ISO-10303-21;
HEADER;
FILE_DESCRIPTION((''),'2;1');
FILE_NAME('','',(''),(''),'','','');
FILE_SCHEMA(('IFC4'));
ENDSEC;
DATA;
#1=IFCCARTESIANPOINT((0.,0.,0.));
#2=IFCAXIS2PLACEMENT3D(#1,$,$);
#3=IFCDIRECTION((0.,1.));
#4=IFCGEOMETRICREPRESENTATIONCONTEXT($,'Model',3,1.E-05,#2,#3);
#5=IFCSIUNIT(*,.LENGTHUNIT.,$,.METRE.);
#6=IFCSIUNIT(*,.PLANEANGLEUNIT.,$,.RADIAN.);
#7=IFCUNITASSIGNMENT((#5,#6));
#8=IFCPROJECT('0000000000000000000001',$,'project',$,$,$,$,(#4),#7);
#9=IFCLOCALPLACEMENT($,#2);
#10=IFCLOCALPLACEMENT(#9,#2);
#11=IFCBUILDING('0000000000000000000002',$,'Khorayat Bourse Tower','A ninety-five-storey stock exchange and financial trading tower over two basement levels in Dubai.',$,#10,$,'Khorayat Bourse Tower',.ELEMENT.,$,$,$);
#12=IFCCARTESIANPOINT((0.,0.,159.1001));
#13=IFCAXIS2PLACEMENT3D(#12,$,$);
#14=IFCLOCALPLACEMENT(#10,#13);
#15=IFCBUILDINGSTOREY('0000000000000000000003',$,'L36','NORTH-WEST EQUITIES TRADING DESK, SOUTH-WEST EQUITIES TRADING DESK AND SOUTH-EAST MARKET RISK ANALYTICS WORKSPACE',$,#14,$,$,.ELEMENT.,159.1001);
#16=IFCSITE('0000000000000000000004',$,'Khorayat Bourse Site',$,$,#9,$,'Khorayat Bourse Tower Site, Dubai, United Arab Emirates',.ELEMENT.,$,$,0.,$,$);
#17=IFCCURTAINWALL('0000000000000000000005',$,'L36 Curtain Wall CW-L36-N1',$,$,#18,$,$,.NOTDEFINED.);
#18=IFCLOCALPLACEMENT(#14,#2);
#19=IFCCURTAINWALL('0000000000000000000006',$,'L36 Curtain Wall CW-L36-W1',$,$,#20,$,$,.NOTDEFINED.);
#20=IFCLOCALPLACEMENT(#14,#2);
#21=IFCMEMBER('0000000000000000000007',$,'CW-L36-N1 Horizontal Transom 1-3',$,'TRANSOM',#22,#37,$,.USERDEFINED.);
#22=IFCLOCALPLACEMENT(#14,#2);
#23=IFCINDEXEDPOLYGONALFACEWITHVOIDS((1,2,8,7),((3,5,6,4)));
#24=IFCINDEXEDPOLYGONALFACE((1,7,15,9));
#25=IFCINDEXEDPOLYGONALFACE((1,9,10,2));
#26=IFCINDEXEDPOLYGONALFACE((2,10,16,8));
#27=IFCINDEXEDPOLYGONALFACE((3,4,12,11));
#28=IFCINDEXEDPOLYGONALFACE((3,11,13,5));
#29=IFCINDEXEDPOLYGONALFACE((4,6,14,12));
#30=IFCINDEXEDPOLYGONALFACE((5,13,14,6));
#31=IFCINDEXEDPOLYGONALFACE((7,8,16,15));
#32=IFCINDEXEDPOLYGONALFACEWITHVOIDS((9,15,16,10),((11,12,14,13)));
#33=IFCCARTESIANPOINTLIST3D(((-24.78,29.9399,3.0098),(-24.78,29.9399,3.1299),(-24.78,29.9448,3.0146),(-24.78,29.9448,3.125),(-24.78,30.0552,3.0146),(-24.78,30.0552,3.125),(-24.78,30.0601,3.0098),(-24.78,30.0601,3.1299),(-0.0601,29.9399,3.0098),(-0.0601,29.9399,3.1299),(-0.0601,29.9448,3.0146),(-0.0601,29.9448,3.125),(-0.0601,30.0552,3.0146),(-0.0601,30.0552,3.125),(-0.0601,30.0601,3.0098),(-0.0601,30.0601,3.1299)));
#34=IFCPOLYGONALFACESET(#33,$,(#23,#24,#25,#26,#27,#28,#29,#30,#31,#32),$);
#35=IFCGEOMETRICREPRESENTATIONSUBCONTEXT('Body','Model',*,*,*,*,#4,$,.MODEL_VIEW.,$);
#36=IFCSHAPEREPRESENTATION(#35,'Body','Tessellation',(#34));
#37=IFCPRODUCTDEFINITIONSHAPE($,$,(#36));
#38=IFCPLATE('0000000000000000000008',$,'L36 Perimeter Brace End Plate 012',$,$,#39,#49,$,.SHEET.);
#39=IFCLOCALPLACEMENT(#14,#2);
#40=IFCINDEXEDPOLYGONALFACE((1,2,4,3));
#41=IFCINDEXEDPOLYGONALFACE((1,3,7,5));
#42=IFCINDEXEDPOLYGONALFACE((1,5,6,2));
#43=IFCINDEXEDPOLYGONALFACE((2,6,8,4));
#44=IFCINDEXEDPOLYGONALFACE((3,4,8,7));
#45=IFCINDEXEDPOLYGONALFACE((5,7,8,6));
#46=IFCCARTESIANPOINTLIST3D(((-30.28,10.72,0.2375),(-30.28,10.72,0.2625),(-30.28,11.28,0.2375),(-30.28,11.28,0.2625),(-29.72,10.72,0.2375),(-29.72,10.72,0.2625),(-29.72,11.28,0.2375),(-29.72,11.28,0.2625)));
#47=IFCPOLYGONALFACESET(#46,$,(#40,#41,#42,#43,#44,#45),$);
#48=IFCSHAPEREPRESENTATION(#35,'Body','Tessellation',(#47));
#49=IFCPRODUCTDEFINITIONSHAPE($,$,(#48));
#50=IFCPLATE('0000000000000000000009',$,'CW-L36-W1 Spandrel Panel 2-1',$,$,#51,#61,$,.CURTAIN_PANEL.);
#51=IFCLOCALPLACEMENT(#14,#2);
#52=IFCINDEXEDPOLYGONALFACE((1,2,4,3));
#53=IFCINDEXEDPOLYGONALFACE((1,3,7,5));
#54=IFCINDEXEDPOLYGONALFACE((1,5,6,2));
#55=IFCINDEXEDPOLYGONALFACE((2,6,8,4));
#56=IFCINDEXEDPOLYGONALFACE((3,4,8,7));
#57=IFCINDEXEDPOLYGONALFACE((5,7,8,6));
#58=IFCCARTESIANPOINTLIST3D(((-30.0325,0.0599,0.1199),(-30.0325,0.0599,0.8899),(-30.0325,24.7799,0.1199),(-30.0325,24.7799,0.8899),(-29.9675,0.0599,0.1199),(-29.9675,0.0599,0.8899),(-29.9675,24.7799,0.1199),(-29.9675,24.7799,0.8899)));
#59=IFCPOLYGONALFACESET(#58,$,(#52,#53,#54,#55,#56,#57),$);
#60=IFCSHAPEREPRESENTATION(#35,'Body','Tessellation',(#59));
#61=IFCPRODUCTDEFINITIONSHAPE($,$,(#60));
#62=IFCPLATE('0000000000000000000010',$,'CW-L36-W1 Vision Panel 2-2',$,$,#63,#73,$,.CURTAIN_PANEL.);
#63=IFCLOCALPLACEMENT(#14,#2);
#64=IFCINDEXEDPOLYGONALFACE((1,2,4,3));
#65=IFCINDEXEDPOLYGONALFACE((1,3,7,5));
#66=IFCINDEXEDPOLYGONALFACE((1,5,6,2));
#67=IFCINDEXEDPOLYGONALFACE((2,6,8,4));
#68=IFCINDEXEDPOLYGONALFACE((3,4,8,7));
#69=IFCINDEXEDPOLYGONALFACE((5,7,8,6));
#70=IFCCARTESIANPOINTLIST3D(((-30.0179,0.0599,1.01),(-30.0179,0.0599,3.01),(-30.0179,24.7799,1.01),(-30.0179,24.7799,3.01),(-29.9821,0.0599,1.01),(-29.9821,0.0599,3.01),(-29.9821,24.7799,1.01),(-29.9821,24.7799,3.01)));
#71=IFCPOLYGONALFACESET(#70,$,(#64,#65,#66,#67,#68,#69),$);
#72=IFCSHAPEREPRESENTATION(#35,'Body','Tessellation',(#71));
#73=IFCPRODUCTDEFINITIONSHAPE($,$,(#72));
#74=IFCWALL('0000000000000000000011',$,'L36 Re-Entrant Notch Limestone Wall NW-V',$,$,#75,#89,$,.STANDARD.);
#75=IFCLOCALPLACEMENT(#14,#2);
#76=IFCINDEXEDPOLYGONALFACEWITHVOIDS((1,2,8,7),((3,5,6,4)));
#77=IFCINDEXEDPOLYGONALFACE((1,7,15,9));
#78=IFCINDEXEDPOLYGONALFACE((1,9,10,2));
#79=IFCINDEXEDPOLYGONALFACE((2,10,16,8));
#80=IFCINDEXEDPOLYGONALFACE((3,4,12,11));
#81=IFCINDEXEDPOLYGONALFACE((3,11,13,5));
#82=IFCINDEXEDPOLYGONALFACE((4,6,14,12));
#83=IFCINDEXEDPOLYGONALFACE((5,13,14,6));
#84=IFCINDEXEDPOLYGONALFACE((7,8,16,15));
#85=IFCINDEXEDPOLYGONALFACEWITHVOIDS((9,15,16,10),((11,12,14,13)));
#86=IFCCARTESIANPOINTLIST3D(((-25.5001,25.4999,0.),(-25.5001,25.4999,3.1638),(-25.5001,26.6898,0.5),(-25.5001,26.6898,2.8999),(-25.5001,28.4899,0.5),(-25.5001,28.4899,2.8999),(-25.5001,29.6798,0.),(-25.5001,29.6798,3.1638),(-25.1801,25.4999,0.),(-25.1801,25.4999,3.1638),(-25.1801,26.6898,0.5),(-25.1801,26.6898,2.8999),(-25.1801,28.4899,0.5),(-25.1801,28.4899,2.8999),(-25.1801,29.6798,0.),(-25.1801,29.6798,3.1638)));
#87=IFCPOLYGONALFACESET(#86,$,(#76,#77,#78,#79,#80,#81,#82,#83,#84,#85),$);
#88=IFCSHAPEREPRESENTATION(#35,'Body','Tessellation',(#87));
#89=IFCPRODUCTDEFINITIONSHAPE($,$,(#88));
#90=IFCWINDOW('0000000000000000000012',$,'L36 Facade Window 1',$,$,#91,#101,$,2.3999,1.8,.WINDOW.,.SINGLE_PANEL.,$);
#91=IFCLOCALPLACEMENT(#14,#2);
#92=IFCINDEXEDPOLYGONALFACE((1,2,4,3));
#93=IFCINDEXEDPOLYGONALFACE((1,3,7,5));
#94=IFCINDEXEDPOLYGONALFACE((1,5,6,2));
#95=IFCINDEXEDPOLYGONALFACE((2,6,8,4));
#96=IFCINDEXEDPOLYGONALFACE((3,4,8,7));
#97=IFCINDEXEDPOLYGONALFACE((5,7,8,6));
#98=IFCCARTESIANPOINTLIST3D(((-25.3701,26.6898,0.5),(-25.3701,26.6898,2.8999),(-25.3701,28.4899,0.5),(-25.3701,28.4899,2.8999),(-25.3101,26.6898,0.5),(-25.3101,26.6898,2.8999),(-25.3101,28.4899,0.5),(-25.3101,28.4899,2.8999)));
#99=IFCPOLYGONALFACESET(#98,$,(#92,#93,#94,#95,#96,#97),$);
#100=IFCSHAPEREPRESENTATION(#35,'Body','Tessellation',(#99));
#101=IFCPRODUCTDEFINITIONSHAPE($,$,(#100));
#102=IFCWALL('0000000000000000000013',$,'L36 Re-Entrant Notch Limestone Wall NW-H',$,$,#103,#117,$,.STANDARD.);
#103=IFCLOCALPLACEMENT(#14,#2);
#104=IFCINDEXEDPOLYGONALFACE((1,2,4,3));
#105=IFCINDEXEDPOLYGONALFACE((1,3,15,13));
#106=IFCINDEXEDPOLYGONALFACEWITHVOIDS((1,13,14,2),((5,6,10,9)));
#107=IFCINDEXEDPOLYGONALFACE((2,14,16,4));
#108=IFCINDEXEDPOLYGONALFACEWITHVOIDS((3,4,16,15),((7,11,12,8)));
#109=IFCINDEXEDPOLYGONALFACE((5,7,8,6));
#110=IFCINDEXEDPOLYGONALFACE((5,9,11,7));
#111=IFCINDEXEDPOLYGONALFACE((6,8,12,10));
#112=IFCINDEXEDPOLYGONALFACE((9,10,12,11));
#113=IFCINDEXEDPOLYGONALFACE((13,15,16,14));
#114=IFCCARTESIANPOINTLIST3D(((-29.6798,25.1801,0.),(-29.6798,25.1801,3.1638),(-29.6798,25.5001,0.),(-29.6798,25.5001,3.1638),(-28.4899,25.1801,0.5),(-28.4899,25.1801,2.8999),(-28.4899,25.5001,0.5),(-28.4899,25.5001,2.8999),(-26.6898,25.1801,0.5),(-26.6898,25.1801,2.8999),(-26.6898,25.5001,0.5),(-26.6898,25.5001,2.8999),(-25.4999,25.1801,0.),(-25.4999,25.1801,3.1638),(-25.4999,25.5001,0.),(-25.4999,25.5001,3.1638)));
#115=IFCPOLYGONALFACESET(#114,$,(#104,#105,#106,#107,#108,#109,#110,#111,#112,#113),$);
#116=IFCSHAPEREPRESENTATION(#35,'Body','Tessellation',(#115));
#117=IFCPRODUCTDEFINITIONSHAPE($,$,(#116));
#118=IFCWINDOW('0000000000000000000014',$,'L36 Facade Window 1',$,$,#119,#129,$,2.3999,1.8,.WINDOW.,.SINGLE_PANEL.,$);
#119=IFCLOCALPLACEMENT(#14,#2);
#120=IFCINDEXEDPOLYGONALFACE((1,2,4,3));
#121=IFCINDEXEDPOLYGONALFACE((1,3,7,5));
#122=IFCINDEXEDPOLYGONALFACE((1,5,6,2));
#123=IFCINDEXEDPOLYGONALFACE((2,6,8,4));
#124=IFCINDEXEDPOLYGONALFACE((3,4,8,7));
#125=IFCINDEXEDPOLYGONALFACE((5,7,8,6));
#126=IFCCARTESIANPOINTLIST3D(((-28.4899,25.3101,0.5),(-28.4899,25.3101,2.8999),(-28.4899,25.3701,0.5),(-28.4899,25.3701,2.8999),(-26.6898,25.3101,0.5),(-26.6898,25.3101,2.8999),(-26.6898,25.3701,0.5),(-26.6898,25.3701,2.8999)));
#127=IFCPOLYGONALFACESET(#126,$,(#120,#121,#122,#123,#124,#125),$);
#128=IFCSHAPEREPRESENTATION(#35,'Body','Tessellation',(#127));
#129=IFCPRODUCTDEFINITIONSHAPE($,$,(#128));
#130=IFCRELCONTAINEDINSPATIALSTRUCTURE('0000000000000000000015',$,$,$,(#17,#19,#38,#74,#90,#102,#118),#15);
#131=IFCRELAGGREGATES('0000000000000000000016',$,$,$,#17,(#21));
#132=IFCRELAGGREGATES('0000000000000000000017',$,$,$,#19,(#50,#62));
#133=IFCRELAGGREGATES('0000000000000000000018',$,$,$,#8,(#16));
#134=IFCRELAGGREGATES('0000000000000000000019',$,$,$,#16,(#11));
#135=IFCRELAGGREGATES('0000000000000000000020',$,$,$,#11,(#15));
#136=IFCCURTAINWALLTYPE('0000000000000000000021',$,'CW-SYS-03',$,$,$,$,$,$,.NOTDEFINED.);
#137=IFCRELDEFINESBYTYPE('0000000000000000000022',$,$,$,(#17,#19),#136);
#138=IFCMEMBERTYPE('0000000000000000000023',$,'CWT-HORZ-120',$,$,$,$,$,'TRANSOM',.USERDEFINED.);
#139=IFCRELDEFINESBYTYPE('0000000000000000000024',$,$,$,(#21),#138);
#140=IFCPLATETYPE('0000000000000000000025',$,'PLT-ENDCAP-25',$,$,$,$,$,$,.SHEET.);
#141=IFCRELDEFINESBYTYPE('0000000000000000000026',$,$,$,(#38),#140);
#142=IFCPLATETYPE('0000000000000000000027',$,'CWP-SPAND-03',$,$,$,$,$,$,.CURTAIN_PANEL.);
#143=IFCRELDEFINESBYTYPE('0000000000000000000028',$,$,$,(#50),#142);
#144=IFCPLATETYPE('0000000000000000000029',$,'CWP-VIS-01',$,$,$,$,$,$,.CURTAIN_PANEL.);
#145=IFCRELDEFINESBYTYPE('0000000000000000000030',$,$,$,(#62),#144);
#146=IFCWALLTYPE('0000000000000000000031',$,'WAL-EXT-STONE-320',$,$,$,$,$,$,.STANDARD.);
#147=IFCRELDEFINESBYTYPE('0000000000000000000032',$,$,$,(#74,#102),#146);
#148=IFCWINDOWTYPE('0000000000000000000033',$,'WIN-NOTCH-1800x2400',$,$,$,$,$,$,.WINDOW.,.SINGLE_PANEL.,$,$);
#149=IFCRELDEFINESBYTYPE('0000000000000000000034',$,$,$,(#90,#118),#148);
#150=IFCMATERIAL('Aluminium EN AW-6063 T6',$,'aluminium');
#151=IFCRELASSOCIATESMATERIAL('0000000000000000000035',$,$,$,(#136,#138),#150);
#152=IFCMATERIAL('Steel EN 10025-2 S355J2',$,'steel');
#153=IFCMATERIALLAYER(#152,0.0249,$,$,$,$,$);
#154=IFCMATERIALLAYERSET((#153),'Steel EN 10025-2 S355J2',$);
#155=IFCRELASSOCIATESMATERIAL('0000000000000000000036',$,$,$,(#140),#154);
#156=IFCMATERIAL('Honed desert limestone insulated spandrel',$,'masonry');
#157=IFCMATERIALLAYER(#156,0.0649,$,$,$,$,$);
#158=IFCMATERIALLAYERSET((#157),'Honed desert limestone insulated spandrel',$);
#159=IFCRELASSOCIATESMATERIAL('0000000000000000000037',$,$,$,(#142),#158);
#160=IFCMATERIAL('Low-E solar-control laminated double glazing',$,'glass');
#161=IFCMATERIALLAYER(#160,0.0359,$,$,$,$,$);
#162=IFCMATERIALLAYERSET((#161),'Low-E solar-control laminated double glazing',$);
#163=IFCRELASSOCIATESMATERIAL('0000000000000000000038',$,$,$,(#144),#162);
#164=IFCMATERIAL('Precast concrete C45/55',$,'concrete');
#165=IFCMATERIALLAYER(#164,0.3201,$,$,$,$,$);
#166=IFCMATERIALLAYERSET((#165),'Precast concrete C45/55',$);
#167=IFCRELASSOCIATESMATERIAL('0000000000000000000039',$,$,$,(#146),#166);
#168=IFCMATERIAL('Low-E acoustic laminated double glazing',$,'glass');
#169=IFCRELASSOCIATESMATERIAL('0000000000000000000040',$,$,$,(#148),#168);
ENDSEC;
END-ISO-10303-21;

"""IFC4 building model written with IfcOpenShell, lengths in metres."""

from ifc_helpers import new_model, si_unit, direction, frame, frame_2d, origin, origin_2d, place, context, subcontext, project, spatial, rectangle, hollow_rectangle, extrude, source, transform, mapped, material, layer, layer_set, material_profile, profile_set, type_object, element, fill, aggregate, save


model = new_model("IFC4")

# Units and contexts
model_context = context("Model", 3, precision=1e-05, world=origin(), true_north=direction((0.0, 1.0)))
body_context = subcontext(model_context, "Body", "Model", "MODEL_VIEW")
ifc_project = project(units=[si_unit("LENGTHUNIT", "METRE"), si_unit("PLANEANGLEUNIT", "RADIAN")], contexts=[model_context])

# Site, building, storey
site_placement = place(None, origin())
site = spatial("IfcSite", under=ifc_project, at=site_placement, Name="Khorayat Bourse Site", LongName="Khorayat Bourse Tower Site, Dubai, United Arab Emirates", CompositionType="ELEMENT", RefElevation=0.0)
building_placement = place(site_placement, origin())
building = spatial("IfcBuilding", under=site, at=building_placement, Name="Khorayat Bourse Tower", Description="A ninety-five-storey stock exchange and financial trading tower over two basement levels in Dubai.", LongName="Khorayat Bourse Tower", CompositionType="ELEMENT")
storey_placement = place(building_placement, frame((0.0, 0.0, 159.1001)))
storey = spatial("IfcBuildingStorey", under=building, at=storey_placement, Name="L36", Description="NORTH-WEST EQUITIES TRADING DESK, SOUTH-WEST EQUITIES TRADING DESK AND SOUTH-EAST MARKET RISK ANALYTICS WORKSPACE", CompositionType="ELEMENT", Elevation=159.1001)

# Curtain wall
ifc_material_1 = material(Name="Aluminium EN AW-6063 T6", Category="aluminium")
curtain_wall_type = type_object("IfcCurtainWallType", Name="CW-SYS-03", PredefinedType="NOTDEFINED", material=ifc_material_1)
curtain_wall_1_placement = place(storey_placement, origin())
curtain_wall_1 = element("IfcCurtainWall", 1, at=curtain_wall_1_placement, inside=storey, type_object=curtain_wall_type, Name="L36 Curtain Wall CW-L36-N1", PredefinedType="NOTDEFINED")

# Curtain wall
curtain_wall_2_placement = place(storey_placement, origin())
curtain_wall_2 = element("IfcCurtainWall", 2, at=curtain_wall_2_placement, inside=storey, type_object=curtain_wall_type, Name="L36 Curtain Wall CW-L36-W1", PredefinedType="NOTDEFINED")

# Member
ifc_material_profile_1 = material_profile(ifc_material_1, hollow_rectangle(XDim=0.1201, YDim=0.1201, WallThickness=0.0049, at=origin_2d()), Name="ALU 120x120x5")
ifc_profile_set_1 = profile_set([ifc_material_profile_1], Name="Aluminium EN AW-6063 T6")
member_type_1 = type_object("IfcMemberType", Name="CWT-HORZ-120", ElementType="TRANSOM", PredefinedType="USERDEFINED", material=ifc_profile_set_1)
shared_shape_1 = source(origin(), body_context, "Body", "SweptSolid", [
    extrude(hollow_rectangle(XDim=0.1201, YDim=0.1201, WallThickness=0.0049, at=origin_2d()), origin(), (0.0, 0.0, 1.0), 24.72),
])
member_1_placement = place(storey_placement, frame((-24.78, 30.0, 3.0698), z_axis=(1.0, 0.0, 0.0), x_axis=(0.0, 1.0, 0.0)))
member_1 = element("IfcMember", 3, at=member_1_placement, type_object=member_type_1, Name="CW-L36-N1 Horizontal Transom 1-3", ObjectType="TRANSOM", PredefinedType="USERDEFINED", context=body_context, shape_type="MappedRepresentation", body=[
    mapped(shared_shape_1, transform((0.0, 0.0, 0.0), scale=1.0)),
])
aggregate(curtain_wall_1, [member_1])

# Plates
ifc_material_2 = material(Name="Steel EN 10025-2 S355J2", Category="steel")
ifc_layer_1 = layer(ifc_material_2, 0.0249)
ifc_layer_set_1 = layer_set([ifc_layer_1], Name="Steel EN 10025-2 S355J2")
plate_type_1 = type_object("IfcPlateType", Name="PLT-ENDCAP-25", PredefinedType="SHEET", material=ifc_layer_set_1)
shared_shape_2 = source(origin(), body_context, "Body", "SweptSolid", [
    extrude(rectangle(XDim=0.5601, YDim=0.5601, at=origin_2d()), origin(), (0.0, 0.0, 1.0), 0.0249),
])
plate_1_placement = place(storey_placement, frame((-30.0, 11.0, 0.2375), z_axis=(0.0, 0.0, 1.0), x_axis=(1.0, 0.0, 0.0)))
element("IfcPlate", 4, at=plate_1_placement, inside=storey, type_object=plate_type_1, Name="L36 Perimeter Brace End Plate 012", PredefinedType="SHEET", context=body_context, shape_type="MappedRepresentation", body=[
    mapped(shared_shape_2, transform((0.0, 0.0, 0.0), scale=1.0)),
])
ifc_material_3 = material(Name="Honed desert limestone insulated spandrel", Category="masonry")
ifc_layer_2 = layer(ifc_material_3, 0.0649)
ifc_layer_set_2 = layer_set([ifc_layer_2], Name="Honed desert limestone insulated spandrel")
plate_type_2 = type_object("IfcPlateType", Name="CWP-SPAND-03", PredefinedType="CURTAIN_PANEL", material=ifc_layer_set_2)
shared_shape_3 = source(origin(), body_context, "Body", "SweptSolid", [
    extrude(rectangle(XDim=24.72, YDim=0.0649, at=origin_2d()), origin(), (0.0, 0.0, 1.0), 0.77),
])
plate_2_placement = place(storey_placement, frame((-30.0, 12.4199, 0.1199), z_axis=(0.0, 0.0, 1.0), x_axis=(0.0, 1.0, 0.0)))
plate_2 = element("IfcPlate", 5, at=plate_2_placement, type_object=plate_type_2, Name="CW-L36-W1 Spandrel Panel 2-1", PredefinedType="CURTAIN_PANEL", context=body_context, shape_type="MappedRepresentation", body=[
    mapped(shared_shape_3, transform((0.0, 0.0, 0.0), scale=1.0)),
])
ifc_material_4 = material(Name="Low-E solar-control laminated double glazing", Category="glass")
ifc_layer_3 = layer(ifc_material_4, 0.0359)
ifc_layer_set_3 = layer_set([ifc_layer_3], Name="Low-E solar-control laminated double glazing")
plate_type_3 = type_object("IfcPlateType", Name="CWP-VIS-01", PredefinedType="CURTAIN_PANEL", material=ifc_layer_set_3)
shared_shape_4 = source(origin(), body_context, "Body", "SweptSolid", [
    extrude(rectangle(XDim=24.72, YDim=0.0359, at=origin_2d()), origin(), (0.0, 0.0, 1.0), 2.0),
])
plate_3_placement = place(storey_placement, frame((-30.0, 12.4199, 1.01), z_axis=(0.0, 0.0, 1.0), x_axis=(0.0, 1.0, 0.0)))
plate_3 = element("IfcPlate", 6, at=plate_3_placement, type_object=plate_type_3, Name="CW-L36-W1 Vision Panel 2-2", PredefinedType="CURTAIN_PANEL", context=body_context, shape_type="MappedRepresentation", body=[
    mapped(shared_shape_4, transform((0.0, 0.0, 0.0), scale=1.0)),
])
aggregate(curtain_wall_2, [plate_2, plate_3])

# Walls, openings, windows
ifc_material_5 = material(Name="Precast concrete C45/55", Category="concrete")
ifc_layer_4 = layer(ifc_material_5, 0.3201)
ifc_layer_set_4 = layer_set([ifc_layer_4], Name="Precast concrete C45/55")
wall_type = type_object("IfcWallType", Name="WAL-EXT-STONE-320", PredefinedType="STANDARD", material=ifc_layer_set_4)
shared_shape_5 = source(origin(), body_context, "Body", "SweptSolid", [
    extrude(rectangle(XDim=4.1799, YDim=0.3201, at=frame_2d((2.0898, 0.0))), origin(), (0.0, 0.0, 1.0), 3.1638),
])
wall_1_placement = place(storey_placement, frame((-25.3401, 25.5, 0.0), z_axis=(0.0, 0.0, 1.0), x_axis=(0.0, 1.0, 0.0)))
wall_1 = element("IfcWall", 7, at=wall_1_placement, inside=storey, type_object=wall_type, Name="L36 Re-Entrant Notch Limestone Wall NW-V", PredefinedType="STANDARD", context=body_context, shape_type="MappedRepresentation", body=[
    mapped(shared_shape_5, transform((0.0, 0.0, 0.0), scale=1.0)),
])
shared_shape_6 = source(origin(), body_context, "Body", "SweptSolid", [
    extrude(rectangle(XDim=1.8, YDim=2.3999, at=frame_2d((0.8999, 1.2))), frame((0.0, 0.1699, 0.0), z_axis=(0.0, -1.0, 0.0), x_axis=(1.0, 0.0, 0.0)), (0.0, 0.0, 1.0), 0.3401),
])
opening_1_placement = place(wall_1_placement, frame((1.1899, 0.0, 0.5)))
opening_1 = element("IfcOpeningElement", 8, at=opening_1_placement, cuts=wall_1, PredefinedType="OPENING", context=body_context, shape_type="MappedRepresentation", body=[
    mapped(shared_shape_6, transform((0.0, 0.0, 0.0), scale=1.0)),
])
ifc_material_6 = material(Name="Low-E acoustic laminated double glazing", Category="glass")
window_type = type_object("IfcWindowType", Name="WIN-NOTCH-1800x2400", PartitioningType="SINGLE_PANEL", PredefinedType="WINDOW", material=ifc_material_6)
shared_shape_7 = source(origin(), body_context, "Body", "SweptSolid", [
    extrude(rectangle(XDim=1.8, YDim=2.3999, at=frame_2d((0.8999, 1.2))), frame((0.0, 0.03, 0.0), z_axis=(0.0, -1.0, 0.0), x_axis=(1.0, 0.0, 0.0)), (0.0, 0.0, 1.0), 0.0601),
])
window_1_placement = place(opening_1_placement, origin())
window_1 = element("IfcWindow", 9, at=window_1_placement, inside=storey, type_object=window_type, Name="L36 Facade Window 1", OverallHeight=2.3999, OverallWidth=1.8, PartitioningType="SINGLE_PANEL", PredefinedType="WINDOW", context=body_context, shape_type="MappedRepresentation", body=[
    mapped(shared_shape_7, transform((0.0, 0.0, 0.0), scale=1.0)),
])
fill(opening_1, window_1)
wall_2_placement = place(storey_placement, frame((-25.5, 25.3401, 0.0), z_axis=(0.0, 0.0, 1.0), x_axis=(-1.0, 0.0, 0.0)))
wall_2 = element("IfcWall", 10, at=wall_2_placement, inside=storey, type_object=wall_type, Name="L36 Re-Entrant Notch Limestone Wall NW-H", PredefinedType="STANDARD", context=body_context, shape_type="MappedRepresentation", body=[
    mapped(shared_shape_5, transform((0.0, 0.0, 0.0), scale=1.0)),
])
opening_2_placement = place(wall_2_placement, frame((1.1899, 0.0, 0.5)))
opening_2 = element("IfcOpeningElement", 11, at=opening_2_placement, cuts=wall_2, PredefinedType="OPENING", context=body_context, shape_type="MappedRepresentation", body=[
    mapped(shared_shape_6, transform((0.0, 0.0, 0.0), scale=1.0)),
])
window_2_placement = place(opening_2_placement, origin())
window_2 = element("IfcWindow", 12, at=window_2_placement, inside=storey, type_object=window_type, Name="L36 Facade Window 1", OverallHeight=2.3999, OverallWidth=1.8, PartitioningType="SINGLE_PANEL", PredefinedType="WINDOW", context=body_context, shape_type="MappedRepresentation", body=[
    mapped(shared_shape_7, transform((0.0, 0.0, 0.0), scale=1.0)),
])
fill(opening_2, window_2)

save(model, "model.ifc")
